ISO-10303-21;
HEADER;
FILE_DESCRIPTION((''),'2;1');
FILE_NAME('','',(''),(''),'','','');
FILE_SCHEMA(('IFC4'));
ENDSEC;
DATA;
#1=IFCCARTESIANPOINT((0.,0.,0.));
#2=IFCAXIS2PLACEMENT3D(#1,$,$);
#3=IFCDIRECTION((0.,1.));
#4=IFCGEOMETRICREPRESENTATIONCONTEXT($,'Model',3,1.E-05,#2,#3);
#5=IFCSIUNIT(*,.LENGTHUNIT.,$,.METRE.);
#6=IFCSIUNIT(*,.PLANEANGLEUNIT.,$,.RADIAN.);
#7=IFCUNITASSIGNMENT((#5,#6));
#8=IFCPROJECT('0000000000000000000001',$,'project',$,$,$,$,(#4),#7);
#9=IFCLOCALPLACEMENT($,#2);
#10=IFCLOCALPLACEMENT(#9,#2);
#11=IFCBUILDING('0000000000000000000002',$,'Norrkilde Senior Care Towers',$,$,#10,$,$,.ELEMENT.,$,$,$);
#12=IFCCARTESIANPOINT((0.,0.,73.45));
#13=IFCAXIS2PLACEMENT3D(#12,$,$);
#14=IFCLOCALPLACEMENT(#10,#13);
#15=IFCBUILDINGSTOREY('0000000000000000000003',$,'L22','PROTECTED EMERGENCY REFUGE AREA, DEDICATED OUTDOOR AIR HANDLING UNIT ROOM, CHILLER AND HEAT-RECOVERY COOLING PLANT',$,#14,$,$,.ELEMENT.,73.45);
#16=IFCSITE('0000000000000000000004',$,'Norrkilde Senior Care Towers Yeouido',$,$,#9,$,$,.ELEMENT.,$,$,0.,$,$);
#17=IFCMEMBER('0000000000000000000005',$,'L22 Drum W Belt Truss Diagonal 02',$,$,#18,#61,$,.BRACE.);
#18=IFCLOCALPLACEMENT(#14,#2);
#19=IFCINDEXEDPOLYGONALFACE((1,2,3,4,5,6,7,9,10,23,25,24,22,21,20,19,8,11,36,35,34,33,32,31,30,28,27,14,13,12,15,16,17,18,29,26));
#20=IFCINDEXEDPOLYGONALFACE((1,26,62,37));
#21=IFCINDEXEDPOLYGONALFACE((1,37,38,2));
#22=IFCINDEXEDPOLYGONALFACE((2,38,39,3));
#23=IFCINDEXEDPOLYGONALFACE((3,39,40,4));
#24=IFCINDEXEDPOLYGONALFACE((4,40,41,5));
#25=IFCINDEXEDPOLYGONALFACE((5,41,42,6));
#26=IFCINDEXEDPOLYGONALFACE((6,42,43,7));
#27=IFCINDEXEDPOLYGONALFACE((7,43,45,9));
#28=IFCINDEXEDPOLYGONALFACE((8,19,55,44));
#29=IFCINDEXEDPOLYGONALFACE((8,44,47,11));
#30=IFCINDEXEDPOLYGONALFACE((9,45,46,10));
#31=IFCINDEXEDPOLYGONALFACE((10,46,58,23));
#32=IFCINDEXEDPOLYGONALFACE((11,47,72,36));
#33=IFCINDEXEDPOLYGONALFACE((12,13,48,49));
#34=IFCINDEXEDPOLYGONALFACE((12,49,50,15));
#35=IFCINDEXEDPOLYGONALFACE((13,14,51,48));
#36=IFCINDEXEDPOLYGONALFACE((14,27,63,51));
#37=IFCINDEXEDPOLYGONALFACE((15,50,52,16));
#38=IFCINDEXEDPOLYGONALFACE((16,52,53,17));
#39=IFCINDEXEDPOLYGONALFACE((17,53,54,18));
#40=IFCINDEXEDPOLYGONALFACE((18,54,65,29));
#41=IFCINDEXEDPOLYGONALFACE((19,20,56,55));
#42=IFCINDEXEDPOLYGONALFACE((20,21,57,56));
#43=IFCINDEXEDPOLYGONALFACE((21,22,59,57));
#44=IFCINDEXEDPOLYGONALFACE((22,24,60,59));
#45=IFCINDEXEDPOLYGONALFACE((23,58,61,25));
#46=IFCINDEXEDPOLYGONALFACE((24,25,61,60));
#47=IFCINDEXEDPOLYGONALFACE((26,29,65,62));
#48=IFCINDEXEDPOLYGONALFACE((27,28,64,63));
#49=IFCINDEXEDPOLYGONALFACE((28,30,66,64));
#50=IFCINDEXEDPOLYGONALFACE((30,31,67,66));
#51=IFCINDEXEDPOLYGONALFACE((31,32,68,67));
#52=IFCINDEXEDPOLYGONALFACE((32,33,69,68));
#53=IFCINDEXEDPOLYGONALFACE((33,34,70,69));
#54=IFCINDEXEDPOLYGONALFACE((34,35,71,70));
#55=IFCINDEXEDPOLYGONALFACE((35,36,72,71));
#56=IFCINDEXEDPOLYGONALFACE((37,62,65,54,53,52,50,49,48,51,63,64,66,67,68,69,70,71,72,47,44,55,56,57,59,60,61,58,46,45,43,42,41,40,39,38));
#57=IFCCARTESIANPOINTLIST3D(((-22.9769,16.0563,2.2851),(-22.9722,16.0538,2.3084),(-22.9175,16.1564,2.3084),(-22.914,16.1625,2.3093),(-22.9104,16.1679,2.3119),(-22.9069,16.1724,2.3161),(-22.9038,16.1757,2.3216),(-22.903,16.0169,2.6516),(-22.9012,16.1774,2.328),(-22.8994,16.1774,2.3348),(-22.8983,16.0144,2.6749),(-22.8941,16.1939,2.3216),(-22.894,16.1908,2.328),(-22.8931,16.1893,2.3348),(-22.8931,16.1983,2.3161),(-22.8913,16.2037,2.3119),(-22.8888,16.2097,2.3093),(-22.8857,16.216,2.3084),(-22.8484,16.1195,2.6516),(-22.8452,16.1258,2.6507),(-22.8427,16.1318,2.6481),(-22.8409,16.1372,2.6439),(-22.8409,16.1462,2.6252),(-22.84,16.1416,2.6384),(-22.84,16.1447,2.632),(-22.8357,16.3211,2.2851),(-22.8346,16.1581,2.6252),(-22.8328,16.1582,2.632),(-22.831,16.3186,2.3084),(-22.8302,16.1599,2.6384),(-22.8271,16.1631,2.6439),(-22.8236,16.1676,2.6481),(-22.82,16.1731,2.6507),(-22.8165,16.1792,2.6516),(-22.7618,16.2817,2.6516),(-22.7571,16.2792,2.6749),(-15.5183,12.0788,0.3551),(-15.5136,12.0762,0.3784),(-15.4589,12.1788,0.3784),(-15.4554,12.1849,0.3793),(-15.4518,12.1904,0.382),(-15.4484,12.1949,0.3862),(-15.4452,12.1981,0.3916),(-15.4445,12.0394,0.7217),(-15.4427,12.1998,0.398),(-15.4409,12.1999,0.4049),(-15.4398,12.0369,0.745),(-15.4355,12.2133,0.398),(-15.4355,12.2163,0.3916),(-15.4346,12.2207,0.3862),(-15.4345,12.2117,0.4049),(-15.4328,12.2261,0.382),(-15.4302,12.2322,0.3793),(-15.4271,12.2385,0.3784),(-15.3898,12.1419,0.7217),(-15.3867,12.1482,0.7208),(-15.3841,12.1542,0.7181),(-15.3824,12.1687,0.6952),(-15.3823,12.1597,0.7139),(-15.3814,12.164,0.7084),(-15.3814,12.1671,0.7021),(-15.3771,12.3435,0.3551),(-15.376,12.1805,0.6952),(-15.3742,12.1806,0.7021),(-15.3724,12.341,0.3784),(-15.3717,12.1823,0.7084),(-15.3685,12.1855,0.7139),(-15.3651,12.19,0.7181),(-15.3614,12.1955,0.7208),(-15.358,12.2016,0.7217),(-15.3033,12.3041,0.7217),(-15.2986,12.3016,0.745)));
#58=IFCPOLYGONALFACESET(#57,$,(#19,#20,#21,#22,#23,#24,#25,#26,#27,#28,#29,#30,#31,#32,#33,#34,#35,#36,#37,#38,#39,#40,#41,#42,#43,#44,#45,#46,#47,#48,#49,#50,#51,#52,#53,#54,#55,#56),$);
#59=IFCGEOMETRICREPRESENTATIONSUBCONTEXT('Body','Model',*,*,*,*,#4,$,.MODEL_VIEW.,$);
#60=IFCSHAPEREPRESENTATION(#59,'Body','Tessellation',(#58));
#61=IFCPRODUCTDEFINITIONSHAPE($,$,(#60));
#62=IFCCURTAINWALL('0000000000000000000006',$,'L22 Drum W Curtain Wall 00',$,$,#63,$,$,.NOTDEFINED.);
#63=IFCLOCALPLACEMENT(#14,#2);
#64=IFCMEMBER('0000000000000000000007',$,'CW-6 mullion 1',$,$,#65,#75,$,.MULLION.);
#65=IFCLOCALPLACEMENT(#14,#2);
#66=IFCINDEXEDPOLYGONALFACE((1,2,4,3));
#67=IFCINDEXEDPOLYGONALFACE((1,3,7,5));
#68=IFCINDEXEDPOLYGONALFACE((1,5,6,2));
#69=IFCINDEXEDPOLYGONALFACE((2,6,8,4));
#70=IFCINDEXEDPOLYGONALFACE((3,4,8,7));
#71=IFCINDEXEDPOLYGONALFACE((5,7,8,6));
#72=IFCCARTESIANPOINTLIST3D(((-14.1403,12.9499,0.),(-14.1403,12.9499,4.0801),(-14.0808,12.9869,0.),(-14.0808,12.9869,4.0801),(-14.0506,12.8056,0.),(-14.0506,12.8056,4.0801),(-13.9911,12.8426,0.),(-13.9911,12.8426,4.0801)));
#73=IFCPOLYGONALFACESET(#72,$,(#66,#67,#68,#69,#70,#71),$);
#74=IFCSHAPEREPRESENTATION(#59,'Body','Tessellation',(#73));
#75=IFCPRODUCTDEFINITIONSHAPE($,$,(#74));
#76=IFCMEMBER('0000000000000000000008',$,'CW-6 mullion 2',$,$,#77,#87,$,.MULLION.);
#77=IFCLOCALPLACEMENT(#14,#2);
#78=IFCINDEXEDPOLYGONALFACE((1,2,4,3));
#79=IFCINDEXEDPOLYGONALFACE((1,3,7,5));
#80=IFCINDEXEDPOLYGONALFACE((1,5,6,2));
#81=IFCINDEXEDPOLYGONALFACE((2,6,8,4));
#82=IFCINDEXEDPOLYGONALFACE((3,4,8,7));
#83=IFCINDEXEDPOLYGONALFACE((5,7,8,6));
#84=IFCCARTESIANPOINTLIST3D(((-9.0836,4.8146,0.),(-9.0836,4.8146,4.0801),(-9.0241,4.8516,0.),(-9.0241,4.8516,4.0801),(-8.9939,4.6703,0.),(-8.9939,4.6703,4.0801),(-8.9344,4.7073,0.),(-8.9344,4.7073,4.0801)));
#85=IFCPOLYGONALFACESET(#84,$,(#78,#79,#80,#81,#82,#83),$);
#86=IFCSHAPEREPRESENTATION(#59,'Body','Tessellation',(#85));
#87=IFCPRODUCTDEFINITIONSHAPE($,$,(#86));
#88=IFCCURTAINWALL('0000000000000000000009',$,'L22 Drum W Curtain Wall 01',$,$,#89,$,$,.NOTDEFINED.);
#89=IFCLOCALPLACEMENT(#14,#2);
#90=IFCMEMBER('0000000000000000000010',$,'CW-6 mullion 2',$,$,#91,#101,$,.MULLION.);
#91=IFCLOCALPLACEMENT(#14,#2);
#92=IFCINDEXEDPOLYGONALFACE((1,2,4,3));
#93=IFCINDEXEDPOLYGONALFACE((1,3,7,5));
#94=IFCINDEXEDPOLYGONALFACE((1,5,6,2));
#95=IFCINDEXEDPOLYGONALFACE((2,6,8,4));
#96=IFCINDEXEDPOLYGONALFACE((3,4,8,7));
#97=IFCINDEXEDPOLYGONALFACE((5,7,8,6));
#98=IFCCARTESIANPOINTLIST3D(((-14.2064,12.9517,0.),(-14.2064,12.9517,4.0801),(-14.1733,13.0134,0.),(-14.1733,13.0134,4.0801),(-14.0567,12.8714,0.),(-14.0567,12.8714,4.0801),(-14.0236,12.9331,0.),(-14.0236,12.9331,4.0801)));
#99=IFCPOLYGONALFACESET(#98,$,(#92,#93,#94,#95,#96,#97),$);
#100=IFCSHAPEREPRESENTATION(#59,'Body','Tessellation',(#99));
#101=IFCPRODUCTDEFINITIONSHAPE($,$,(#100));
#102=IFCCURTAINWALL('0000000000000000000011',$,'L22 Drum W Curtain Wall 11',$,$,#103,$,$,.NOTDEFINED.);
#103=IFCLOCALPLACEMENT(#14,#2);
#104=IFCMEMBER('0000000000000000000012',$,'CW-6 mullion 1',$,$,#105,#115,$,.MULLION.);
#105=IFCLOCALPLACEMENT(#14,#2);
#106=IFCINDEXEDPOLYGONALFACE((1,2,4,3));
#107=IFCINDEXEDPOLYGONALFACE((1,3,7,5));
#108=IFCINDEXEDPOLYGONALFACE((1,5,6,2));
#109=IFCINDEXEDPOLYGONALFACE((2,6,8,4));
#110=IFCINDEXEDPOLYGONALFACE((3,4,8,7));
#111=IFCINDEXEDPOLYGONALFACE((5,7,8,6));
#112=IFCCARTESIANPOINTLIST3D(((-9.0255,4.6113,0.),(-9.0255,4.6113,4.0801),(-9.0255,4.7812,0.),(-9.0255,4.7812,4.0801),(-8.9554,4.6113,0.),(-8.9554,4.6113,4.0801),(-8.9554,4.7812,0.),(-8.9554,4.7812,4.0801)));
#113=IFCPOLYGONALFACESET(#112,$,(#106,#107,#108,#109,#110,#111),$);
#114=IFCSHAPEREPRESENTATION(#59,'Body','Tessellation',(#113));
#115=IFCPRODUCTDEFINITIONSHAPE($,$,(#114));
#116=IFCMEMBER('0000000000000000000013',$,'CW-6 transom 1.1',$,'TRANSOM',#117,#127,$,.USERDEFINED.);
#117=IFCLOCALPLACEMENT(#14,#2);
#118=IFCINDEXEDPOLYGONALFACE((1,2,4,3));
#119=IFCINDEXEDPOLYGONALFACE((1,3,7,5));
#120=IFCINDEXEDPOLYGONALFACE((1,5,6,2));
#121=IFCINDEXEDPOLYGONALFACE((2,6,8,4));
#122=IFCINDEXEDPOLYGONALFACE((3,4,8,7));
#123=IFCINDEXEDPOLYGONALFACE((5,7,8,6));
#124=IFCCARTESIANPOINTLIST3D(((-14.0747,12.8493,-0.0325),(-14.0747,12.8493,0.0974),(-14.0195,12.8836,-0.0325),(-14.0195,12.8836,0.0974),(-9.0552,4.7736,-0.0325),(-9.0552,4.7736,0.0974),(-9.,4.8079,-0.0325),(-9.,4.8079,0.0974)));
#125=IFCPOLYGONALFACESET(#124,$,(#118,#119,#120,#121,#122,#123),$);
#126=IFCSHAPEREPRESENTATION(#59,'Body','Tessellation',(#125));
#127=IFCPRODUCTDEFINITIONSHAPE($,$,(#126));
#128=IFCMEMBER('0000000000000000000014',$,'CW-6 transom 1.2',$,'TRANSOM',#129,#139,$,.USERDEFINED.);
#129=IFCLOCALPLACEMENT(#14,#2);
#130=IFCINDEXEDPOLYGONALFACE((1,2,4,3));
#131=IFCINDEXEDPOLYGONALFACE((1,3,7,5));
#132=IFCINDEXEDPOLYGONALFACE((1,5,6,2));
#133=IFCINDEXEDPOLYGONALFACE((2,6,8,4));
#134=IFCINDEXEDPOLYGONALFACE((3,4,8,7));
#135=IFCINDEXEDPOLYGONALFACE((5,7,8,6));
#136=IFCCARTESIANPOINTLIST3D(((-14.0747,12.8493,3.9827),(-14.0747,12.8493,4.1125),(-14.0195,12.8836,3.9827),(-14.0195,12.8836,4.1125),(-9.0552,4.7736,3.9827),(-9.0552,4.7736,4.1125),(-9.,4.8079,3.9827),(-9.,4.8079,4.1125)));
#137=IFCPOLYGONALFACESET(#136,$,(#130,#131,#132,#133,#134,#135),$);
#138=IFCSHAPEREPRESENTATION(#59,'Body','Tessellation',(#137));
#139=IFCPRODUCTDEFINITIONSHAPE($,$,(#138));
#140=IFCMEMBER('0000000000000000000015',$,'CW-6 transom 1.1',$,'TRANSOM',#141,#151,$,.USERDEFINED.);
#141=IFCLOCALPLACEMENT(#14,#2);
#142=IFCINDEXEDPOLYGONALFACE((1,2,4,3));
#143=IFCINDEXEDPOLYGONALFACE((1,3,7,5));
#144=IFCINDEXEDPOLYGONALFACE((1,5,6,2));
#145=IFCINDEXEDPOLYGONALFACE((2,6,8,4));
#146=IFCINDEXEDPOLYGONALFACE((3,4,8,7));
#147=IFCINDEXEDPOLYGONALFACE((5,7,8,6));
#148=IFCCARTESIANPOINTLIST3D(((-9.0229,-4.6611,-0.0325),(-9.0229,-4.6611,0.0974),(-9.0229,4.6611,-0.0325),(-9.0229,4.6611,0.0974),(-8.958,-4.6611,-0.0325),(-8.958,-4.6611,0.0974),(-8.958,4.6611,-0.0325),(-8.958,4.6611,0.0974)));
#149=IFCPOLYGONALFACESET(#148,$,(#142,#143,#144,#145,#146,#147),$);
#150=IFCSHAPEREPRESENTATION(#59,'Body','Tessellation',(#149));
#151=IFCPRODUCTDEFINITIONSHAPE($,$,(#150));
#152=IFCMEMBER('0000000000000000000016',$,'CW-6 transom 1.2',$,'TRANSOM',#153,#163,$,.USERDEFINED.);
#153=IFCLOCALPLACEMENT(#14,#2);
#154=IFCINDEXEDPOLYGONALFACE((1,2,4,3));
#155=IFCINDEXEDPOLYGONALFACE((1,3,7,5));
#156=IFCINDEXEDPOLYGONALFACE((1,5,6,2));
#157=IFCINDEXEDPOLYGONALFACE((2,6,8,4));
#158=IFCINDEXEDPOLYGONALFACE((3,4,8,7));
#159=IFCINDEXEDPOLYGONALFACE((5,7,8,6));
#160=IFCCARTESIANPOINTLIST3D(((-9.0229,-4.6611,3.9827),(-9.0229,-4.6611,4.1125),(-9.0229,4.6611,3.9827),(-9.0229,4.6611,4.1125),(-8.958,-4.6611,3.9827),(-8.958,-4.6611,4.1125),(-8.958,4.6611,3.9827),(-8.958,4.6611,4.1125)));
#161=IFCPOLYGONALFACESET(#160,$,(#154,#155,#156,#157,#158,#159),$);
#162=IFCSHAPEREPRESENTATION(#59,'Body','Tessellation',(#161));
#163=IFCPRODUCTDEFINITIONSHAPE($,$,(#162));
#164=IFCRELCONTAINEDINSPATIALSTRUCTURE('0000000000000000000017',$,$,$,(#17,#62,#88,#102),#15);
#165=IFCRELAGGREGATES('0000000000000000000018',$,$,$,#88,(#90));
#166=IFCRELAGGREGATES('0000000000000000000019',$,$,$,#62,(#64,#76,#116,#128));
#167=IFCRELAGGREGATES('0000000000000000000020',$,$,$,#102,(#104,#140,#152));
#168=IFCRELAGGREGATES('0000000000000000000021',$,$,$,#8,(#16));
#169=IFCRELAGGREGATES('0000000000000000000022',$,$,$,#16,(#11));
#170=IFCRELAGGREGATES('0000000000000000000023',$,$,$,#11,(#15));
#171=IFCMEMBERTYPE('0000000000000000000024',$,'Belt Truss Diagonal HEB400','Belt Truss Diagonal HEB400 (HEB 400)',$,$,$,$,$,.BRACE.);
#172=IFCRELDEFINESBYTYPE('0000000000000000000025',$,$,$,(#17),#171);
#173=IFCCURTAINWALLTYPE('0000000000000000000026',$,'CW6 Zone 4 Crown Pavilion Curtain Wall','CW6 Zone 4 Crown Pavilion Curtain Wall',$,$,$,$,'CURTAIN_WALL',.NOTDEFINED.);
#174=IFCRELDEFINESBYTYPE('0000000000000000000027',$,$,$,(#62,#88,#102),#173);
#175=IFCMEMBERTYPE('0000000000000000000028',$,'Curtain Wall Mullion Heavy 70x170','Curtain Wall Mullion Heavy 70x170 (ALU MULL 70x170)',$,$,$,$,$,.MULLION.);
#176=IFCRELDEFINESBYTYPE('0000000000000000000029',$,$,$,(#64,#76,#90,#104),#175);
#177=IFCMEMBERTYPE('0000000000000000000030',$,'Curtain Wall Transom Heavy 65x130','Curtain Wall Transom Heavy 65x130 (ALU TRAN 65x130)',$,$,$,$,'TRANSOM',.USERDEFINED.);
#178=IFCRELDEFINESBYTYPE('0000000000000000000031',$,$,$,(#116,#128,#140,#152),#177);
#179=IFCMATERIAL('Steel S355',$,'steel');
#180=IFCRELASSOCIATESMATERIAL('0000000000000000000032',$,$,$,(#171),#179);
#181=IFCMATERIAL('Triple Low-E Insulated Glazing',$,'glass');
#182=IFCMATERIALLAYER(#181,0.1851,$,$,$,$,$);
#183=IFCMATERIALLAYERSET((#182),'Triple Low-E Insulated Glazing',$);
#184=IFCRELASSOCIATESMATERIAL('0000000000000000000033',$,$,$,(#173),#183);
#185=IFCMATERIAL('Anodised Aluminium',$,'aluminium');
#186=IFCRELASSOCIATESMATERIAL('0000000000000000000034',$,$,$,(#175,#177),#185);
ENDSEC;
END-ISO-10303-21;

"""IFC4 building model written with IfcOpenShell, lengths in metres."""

from ifc_helpers import new_model, si_unit, direction, frame, origin, origin_2d, place, context, subcontext, project, spatial, rectangle, i_section, extrude, source, transform, mapped, material, layer, layer_set, material_profile, profile_set, type_object, type_shapes, element, aggregate, save


model = new_model("IFC4")

# Units and contexts
model_context = context("Model", 3, precision=1e-05, world=origin(), true_north=direction((0.0, 1.0)))
body_context = subcontext(model_context, "Body", "Model", "MODEL_VIEW")
ifc_project = project(units=[si_unit("LENGTHUNIT", "METRE"), si_unit("PLANEANGLEUNIT", "RADIAN")], contexts=[model_context])

# Site, building, storey
site_placement = place(None, origin())
site = spatial("IfcSite", under=ifc_project, at=site_placement, Name="Norrkilde Senior Care Towers Yeouido", CompositionType="ELEMENT", RefElevation=0.0)
building_placement = place(site_placement, origin())
building = spatial("IfcBuilding", under=site, at=building_placement, Name="Norrkilde Senior Care Towers", CompositionType="ELEMENT")
storey_placement = place(building_placement, frame((0.0, 0.0, 73.45)))
storey = spatial("IfcBuildingStorey", under=building, at=storey_placement, Name="L22", Description="PROTECTED EMERGENCY REFUGE AREA, DEDICATED OUTDOOR AIR HANDLING UNIT ROOM, CHILLER AND HEAT-RECOVERY COOLING PLANT", CompositionType="ELEMENT", Elevation=73.45)

# Member
ifc_material_1 = material(Name="Steel S355", Category="steel")
ifc_material_profile_1 = material_profile(ifc_material_1, i_section(OverallWidth=0.3, OverallDepth=0.3999, WebThickness=0.0134, FlangeThickness=0.0239, FilletRadius=0.0271, at=origin_2d()), Name="HEB 400")
ifc_profile_set_1 = profile_set([ifc_material_profile_1], Name="Steel S355")
member_type_1 = type_object("IfcMemberType", Name="Belt Truss Diagonal HEB400", Description="Belt Truss Diagonal HEB400 (HEB 400)", PredefinedType="BRACE", material=ifc_profile_set_1)
shared_shape_1 = source(origin(), body_context, "Body", "SweptSolid", [
    extrude(i_section(OverallWidth=0.3, OverallDepth=0.3999, WebThickness=0.0134, FlangeThickness=0.0239, FilletRadius=0.0271, at=origin_2d()), origin(), (0.0, 0.0, 1.0), 8.6704),
])
member_1_placement = place(storey_placement, frame((-15.4084, 12.1902, 0.55), z_axis=(-0.860232, 0.458753, 0.22259), x_axis=(-0.470558, -0.882369, 0.0)))
element("IfcMember", 1, at=member_1_placement, inside=storey, type_object=member_type_1, Name="L22 Drum W Belt Truss Diagonal 02", PredefinedType="BRACE", context=body_context, shape_type="MappedRepresentation", body=[
    mapped(shared_shape_1, transform((0.0, 0.0, 0.0), x_axis=(1.0, 0.0, 0.0), y_axis=(0.0, 1.0, 0.0), z_axis=(0.0, 0.0, 1.0), scale=1.0)),
])

# Curtain wall, members
ifc_material_2 = material(Name="Triple Low-E Insulated Glazing", Category="glass")
ifc_layer_1 = layer(ifc_material_2, 0.1851)
ifc_layer_set_1 = layer_set([ifc_layer_1], Name="Triple Low-E Insulated Glazing")
curtain_wall_type = type_object("IfcCurtainWallType", Name="CW6 Zone 4 Crown Pavilion Curtain Wall", Description="CW6 Zone 4 Crown Pavilion Curtain Wall", ElementType="CURTAIN_WALL", PredefinedType="NOTDEFINED", material=ifc_layer_set_1)
curtain_wall_1_placement = place(storey_placement, origin())
curtain_wall_1 = element("IfcCurtainWall", 2, at=curtain_wall_1_placement, inside=storey, type_object=curtain_wall_type, Name="L22 Drum W Curtain Wall 00", PredefinedType="NOTDEFINED")
ifc_material_3 = material(Name="Anodised Aluminium", Category="aluminium")
ifc_material_profile_2 = material_profile(ifc_material_3, rectangle(XDim=0.0701, YDim=0.1699, at=origin_2d()), Name="ALU MULL 70x170")
ifc_profile_set_2 = profile_set([ifc_material_profile_2], Name="Anodised Aluminium")
member_type_2 = type_object("IfcMemberType", Name="Curtain Wall Mullion Heavy 70x170", Description="Curtain Wall Mullion Heavy 70x170 (ALU MULL 70x170)", PredefinedType="MULLION", material=ifc_profile_set_2)
shared_shape_2 = source(origin(), body_context, "Body", "SweptSolid", [
    extrude(rectangle(XDim=0.0701, YDim=0.1699, at=origin_2d()), origin(), (0.0, 0.0, 1.0), 4.0801),
])
type_shapes(member_type_2, [shared_shape_2])
member_2_placement = place(storey_placement, frame((-14.0657, 12.8962, 0.0), z_axis=(0.0, 0.0, 1.0), x_axis=(0.849306, 0.527901, 0.0)))
member_2 = element("IfcMember", 3, at=member_2_placement, type_object=member_type_2, Name="CW-6 mullion 1", PredefinedType="MULLION", context=body_context, shape_type="MappedRepresentation", body=[
    mapped(shared_shape_2, transform((0.0, 0.0, 0.0), x_axis=(1.0, 0.0, 0.0), y_axis=(0.0, 1.0, 0.0), z_axis=(0.0, 0.0, 1.0), scale=1.0)),
])
member_3_placement = place(storey_placement, frame((-9.009, 4.761, 0.0), z_axis=(0.0, 0.0, 1.0), x_axis=(0.849306, 0.527901, 0.0)))
member_3 = element("IfcMember", 4, at=member_3_placement, type_object=member_type_2, Name="CW-6 mullion 2", PredefinedType="MULLION", context=body_context, shape_type="MappedRepresentation", body=[
    mapped(shared_shape_2, transform((0.0, 0.0, 0.0), x_axis=(1.0, 0.0, 0.0), y_axis=(0.0, 1.0, 0.0), z_axis=(0.0, 0.0, 1.0), scale=1.0)),
])

# Curtain walls, members
curtain_wall_2_placement = place(storey_placement, origin())
curtain_wall_2 = element("IfcCurtainWall", 5, at=curtain_wall_2_placement, inside=storey, type_object=curtain_wall_type, Name="L22 Drum W Curtain Wall 01", PredefinedType="NOTDEFINED")
member_4_placement = place(storey_placement, frame((-14.115, 12.9424, 0.0), z_axis=(0.0, 0.0, 1.0), x_axis=(0.472608, 0.881273, 0.0)))
member_4 = element("IfcMember", 6, at=member_4_placement, type_object=member_type_2, Name="CW-6 mullion 2", PredefinedType="MULLION", context=body_context, shape_type="MappedRepresentation", body=[
    mapped(shared_shape_2, transform((0.0, 0.0, 0.0), x_axis=(1.0, 0.0, 0.0), y_axis=(0.0, 1.0, 0.0), z_axis=(0.0, 0.0, 1.0), scale=1.0)),
])
aggregate(curtain_wall_2, [member_4])
curtain_wall_3_placement = place(storey_placement, origin())
curtain_wall_3 = element("IfcCurtainWall", 7, at=curtain_wall_3_placement, inside=storey, type_object=curtain_wall_type, Name="L22 Drum W Curtain Wall 11", PredefinedType="NOTDEFINED")
member_5_placement = place(storey_placement, frame((-8.9905, 4.6963, 0.0), z_axis=(0.0, 0.0, 1.0), x_axis=(1.0, 0.0, 0.0)))
member_5 = element("IfcMember", 8, at=member_5_placement, type_object=member_type_2, Name="CW-6 mullion 1", PredefinedType="MULLION", context=body_context, shape_type="MappedRepresentation", body=[
    mapped(shared_shape_2, transform((0.0, 0.0, 0.0), x_axis=(1.0, 0.0, 0.0), y_axis=(0.0, 1.0, 0.0), z_axis=(0.0, 0.0, 1.0), scale=1.0)),
])

# Members
ifc_material_profile_3 = material_profile(ifc_material_3, rectangle(XDim=0.0649, YDim=0.1299, at=origin_2d()), Name="ALU TRAN 65x130")
ifc_profile_set_3 = profile_set([ifc_material_profile_3], Name="Anodised Aluminium")
member_type_3 = type_object("IfcMemberType", Name="Curtain Wall Transom Heavy 65x130", Description="Curtain Wall Transom Heavy 65x130 (ALU TRAN 65x130)", ElementType="TRANSOM", PredefinedType="USERDEFINED", material=ifc_profile_set_3)
shared_shape_3 = source(origin(), body_context, "Body", "SweptSolid", [
    extrude(rectangle(XDim=0.0649, YDim=0.1299, at=origin_2d()), origin(), (0.0, 0.0, 1.0), 9.5085),
])
member_6_placement = place(storey_placement, frame((-14.0471, 12.8665, 0.0325), z_axis=(0.527897, -0.849308, 0.0), x_axis=(0.849308, 0.527897, 0.0)))
member_6 = element("IfcMember", 9, at=member_6_placement, type_object=member_type_3, Name="CW-6 transom 1.1", ObjectType="TRANSOM", PredefinedType="USERDEFINED", context=body_context, shape_type="MappedRepresentation", body=[
    mapped(shared_shape_3, transform((0.0, 0.0, 0.0), x_axis=(1.0, 0.0, 0.0), y_axis=(0.0, 1.0, 0.0), z_axis=(0.0, 0.0, 1.0), scale=1.0)),
])
member_7_placement = place(storey_placement, frame((-14.0471, 12.8665, 4.0476), z_axis=(0.527897, -0.849308, 0.0), x_axis=(0.849308, 0.527897, 0.0)))
member_7 = element("IfcMember", 10, at=member_7_placement, type_object=member_type_3, Name="CW-6 transom 1.2", ObjectType="TRANSOM", PredefinedType="USERDEFINED", context=body_context, shape_type="MappedRepresentation", body=[
    mapped(shared_shape_3, transform((0.0, 0.0, 0.0), x_axis=(1.0, 0.0, 0.0), y_axis=(0.0, 1.0, 0.0), z_axis=(0.0, 0.0, 1.0), scale=1.0)),
])
shared_shape_4 = source(origin(), body_context, "Body", "SweptSolid", [
    extrude(rectangle(XDim=0.0649, YDim=0.1299, at=origin_2d()), origin(), (0.0, 0.0, 1.0), 9.3223),
])
type_shapes(member_type_3, [shared_shape_3, shared_shape_4])
member_8_placement = place(storey_placement, frame((-8.9905, 4.6611, 0.0325), z_axis=(0.0, -1.0, 0.0), x_axis=(1.0, 0.0, 0.0)))
member_8 = element("IfcMember", 11, at=member_8_placement, type_object=member_type_3, Name="CW-6 transom 1.1", ObjectType="TRANSOM", PredefinedType="USERDEFINED", context=body_context, shape_type="MappedRepresentation", body=[
    mapped(shared_shape_4, transform((0.0, 0.0, 0.0), x_axis=(1.0, 0.0, 0.0), y_axis=(0.0, 1.0, 0.0), z_axis=(0.0, 0.0, 1.0), scale=1.0)),
])
member_9_placement = place(storey_placement, frame((-8.9905, 4.6611, 4.0476), z_axis=(0.0, -1.0, 0.0), x_axis=(1.0, 0.0, 0.0)))
member_9 = element("IfcMember", 12, at=member_9_placement, type_object=member_type_3, Name="CW-6 transom 1.2", ObjectType="TRANSOM", PredefinedType="USERDEFINED", context=body_context, shape_type="MappedRepresentation", body=[
    mapped(shared_shape_4, transform((0.0, 0.0, 0.0), x_axis=(1.0, 0.0, 0.0), y_axis=(0.0, 1.0, 0.0), z_axis=(0.0, 0.0, 1.0), scale=1.0)),
])

aggregate(curtain_wall_1, [member_2, member_3, member_6, member_7])
aggregate(curtain_wall_3, [member_5, member_8, member_9])

save(model, "model.ifc")
